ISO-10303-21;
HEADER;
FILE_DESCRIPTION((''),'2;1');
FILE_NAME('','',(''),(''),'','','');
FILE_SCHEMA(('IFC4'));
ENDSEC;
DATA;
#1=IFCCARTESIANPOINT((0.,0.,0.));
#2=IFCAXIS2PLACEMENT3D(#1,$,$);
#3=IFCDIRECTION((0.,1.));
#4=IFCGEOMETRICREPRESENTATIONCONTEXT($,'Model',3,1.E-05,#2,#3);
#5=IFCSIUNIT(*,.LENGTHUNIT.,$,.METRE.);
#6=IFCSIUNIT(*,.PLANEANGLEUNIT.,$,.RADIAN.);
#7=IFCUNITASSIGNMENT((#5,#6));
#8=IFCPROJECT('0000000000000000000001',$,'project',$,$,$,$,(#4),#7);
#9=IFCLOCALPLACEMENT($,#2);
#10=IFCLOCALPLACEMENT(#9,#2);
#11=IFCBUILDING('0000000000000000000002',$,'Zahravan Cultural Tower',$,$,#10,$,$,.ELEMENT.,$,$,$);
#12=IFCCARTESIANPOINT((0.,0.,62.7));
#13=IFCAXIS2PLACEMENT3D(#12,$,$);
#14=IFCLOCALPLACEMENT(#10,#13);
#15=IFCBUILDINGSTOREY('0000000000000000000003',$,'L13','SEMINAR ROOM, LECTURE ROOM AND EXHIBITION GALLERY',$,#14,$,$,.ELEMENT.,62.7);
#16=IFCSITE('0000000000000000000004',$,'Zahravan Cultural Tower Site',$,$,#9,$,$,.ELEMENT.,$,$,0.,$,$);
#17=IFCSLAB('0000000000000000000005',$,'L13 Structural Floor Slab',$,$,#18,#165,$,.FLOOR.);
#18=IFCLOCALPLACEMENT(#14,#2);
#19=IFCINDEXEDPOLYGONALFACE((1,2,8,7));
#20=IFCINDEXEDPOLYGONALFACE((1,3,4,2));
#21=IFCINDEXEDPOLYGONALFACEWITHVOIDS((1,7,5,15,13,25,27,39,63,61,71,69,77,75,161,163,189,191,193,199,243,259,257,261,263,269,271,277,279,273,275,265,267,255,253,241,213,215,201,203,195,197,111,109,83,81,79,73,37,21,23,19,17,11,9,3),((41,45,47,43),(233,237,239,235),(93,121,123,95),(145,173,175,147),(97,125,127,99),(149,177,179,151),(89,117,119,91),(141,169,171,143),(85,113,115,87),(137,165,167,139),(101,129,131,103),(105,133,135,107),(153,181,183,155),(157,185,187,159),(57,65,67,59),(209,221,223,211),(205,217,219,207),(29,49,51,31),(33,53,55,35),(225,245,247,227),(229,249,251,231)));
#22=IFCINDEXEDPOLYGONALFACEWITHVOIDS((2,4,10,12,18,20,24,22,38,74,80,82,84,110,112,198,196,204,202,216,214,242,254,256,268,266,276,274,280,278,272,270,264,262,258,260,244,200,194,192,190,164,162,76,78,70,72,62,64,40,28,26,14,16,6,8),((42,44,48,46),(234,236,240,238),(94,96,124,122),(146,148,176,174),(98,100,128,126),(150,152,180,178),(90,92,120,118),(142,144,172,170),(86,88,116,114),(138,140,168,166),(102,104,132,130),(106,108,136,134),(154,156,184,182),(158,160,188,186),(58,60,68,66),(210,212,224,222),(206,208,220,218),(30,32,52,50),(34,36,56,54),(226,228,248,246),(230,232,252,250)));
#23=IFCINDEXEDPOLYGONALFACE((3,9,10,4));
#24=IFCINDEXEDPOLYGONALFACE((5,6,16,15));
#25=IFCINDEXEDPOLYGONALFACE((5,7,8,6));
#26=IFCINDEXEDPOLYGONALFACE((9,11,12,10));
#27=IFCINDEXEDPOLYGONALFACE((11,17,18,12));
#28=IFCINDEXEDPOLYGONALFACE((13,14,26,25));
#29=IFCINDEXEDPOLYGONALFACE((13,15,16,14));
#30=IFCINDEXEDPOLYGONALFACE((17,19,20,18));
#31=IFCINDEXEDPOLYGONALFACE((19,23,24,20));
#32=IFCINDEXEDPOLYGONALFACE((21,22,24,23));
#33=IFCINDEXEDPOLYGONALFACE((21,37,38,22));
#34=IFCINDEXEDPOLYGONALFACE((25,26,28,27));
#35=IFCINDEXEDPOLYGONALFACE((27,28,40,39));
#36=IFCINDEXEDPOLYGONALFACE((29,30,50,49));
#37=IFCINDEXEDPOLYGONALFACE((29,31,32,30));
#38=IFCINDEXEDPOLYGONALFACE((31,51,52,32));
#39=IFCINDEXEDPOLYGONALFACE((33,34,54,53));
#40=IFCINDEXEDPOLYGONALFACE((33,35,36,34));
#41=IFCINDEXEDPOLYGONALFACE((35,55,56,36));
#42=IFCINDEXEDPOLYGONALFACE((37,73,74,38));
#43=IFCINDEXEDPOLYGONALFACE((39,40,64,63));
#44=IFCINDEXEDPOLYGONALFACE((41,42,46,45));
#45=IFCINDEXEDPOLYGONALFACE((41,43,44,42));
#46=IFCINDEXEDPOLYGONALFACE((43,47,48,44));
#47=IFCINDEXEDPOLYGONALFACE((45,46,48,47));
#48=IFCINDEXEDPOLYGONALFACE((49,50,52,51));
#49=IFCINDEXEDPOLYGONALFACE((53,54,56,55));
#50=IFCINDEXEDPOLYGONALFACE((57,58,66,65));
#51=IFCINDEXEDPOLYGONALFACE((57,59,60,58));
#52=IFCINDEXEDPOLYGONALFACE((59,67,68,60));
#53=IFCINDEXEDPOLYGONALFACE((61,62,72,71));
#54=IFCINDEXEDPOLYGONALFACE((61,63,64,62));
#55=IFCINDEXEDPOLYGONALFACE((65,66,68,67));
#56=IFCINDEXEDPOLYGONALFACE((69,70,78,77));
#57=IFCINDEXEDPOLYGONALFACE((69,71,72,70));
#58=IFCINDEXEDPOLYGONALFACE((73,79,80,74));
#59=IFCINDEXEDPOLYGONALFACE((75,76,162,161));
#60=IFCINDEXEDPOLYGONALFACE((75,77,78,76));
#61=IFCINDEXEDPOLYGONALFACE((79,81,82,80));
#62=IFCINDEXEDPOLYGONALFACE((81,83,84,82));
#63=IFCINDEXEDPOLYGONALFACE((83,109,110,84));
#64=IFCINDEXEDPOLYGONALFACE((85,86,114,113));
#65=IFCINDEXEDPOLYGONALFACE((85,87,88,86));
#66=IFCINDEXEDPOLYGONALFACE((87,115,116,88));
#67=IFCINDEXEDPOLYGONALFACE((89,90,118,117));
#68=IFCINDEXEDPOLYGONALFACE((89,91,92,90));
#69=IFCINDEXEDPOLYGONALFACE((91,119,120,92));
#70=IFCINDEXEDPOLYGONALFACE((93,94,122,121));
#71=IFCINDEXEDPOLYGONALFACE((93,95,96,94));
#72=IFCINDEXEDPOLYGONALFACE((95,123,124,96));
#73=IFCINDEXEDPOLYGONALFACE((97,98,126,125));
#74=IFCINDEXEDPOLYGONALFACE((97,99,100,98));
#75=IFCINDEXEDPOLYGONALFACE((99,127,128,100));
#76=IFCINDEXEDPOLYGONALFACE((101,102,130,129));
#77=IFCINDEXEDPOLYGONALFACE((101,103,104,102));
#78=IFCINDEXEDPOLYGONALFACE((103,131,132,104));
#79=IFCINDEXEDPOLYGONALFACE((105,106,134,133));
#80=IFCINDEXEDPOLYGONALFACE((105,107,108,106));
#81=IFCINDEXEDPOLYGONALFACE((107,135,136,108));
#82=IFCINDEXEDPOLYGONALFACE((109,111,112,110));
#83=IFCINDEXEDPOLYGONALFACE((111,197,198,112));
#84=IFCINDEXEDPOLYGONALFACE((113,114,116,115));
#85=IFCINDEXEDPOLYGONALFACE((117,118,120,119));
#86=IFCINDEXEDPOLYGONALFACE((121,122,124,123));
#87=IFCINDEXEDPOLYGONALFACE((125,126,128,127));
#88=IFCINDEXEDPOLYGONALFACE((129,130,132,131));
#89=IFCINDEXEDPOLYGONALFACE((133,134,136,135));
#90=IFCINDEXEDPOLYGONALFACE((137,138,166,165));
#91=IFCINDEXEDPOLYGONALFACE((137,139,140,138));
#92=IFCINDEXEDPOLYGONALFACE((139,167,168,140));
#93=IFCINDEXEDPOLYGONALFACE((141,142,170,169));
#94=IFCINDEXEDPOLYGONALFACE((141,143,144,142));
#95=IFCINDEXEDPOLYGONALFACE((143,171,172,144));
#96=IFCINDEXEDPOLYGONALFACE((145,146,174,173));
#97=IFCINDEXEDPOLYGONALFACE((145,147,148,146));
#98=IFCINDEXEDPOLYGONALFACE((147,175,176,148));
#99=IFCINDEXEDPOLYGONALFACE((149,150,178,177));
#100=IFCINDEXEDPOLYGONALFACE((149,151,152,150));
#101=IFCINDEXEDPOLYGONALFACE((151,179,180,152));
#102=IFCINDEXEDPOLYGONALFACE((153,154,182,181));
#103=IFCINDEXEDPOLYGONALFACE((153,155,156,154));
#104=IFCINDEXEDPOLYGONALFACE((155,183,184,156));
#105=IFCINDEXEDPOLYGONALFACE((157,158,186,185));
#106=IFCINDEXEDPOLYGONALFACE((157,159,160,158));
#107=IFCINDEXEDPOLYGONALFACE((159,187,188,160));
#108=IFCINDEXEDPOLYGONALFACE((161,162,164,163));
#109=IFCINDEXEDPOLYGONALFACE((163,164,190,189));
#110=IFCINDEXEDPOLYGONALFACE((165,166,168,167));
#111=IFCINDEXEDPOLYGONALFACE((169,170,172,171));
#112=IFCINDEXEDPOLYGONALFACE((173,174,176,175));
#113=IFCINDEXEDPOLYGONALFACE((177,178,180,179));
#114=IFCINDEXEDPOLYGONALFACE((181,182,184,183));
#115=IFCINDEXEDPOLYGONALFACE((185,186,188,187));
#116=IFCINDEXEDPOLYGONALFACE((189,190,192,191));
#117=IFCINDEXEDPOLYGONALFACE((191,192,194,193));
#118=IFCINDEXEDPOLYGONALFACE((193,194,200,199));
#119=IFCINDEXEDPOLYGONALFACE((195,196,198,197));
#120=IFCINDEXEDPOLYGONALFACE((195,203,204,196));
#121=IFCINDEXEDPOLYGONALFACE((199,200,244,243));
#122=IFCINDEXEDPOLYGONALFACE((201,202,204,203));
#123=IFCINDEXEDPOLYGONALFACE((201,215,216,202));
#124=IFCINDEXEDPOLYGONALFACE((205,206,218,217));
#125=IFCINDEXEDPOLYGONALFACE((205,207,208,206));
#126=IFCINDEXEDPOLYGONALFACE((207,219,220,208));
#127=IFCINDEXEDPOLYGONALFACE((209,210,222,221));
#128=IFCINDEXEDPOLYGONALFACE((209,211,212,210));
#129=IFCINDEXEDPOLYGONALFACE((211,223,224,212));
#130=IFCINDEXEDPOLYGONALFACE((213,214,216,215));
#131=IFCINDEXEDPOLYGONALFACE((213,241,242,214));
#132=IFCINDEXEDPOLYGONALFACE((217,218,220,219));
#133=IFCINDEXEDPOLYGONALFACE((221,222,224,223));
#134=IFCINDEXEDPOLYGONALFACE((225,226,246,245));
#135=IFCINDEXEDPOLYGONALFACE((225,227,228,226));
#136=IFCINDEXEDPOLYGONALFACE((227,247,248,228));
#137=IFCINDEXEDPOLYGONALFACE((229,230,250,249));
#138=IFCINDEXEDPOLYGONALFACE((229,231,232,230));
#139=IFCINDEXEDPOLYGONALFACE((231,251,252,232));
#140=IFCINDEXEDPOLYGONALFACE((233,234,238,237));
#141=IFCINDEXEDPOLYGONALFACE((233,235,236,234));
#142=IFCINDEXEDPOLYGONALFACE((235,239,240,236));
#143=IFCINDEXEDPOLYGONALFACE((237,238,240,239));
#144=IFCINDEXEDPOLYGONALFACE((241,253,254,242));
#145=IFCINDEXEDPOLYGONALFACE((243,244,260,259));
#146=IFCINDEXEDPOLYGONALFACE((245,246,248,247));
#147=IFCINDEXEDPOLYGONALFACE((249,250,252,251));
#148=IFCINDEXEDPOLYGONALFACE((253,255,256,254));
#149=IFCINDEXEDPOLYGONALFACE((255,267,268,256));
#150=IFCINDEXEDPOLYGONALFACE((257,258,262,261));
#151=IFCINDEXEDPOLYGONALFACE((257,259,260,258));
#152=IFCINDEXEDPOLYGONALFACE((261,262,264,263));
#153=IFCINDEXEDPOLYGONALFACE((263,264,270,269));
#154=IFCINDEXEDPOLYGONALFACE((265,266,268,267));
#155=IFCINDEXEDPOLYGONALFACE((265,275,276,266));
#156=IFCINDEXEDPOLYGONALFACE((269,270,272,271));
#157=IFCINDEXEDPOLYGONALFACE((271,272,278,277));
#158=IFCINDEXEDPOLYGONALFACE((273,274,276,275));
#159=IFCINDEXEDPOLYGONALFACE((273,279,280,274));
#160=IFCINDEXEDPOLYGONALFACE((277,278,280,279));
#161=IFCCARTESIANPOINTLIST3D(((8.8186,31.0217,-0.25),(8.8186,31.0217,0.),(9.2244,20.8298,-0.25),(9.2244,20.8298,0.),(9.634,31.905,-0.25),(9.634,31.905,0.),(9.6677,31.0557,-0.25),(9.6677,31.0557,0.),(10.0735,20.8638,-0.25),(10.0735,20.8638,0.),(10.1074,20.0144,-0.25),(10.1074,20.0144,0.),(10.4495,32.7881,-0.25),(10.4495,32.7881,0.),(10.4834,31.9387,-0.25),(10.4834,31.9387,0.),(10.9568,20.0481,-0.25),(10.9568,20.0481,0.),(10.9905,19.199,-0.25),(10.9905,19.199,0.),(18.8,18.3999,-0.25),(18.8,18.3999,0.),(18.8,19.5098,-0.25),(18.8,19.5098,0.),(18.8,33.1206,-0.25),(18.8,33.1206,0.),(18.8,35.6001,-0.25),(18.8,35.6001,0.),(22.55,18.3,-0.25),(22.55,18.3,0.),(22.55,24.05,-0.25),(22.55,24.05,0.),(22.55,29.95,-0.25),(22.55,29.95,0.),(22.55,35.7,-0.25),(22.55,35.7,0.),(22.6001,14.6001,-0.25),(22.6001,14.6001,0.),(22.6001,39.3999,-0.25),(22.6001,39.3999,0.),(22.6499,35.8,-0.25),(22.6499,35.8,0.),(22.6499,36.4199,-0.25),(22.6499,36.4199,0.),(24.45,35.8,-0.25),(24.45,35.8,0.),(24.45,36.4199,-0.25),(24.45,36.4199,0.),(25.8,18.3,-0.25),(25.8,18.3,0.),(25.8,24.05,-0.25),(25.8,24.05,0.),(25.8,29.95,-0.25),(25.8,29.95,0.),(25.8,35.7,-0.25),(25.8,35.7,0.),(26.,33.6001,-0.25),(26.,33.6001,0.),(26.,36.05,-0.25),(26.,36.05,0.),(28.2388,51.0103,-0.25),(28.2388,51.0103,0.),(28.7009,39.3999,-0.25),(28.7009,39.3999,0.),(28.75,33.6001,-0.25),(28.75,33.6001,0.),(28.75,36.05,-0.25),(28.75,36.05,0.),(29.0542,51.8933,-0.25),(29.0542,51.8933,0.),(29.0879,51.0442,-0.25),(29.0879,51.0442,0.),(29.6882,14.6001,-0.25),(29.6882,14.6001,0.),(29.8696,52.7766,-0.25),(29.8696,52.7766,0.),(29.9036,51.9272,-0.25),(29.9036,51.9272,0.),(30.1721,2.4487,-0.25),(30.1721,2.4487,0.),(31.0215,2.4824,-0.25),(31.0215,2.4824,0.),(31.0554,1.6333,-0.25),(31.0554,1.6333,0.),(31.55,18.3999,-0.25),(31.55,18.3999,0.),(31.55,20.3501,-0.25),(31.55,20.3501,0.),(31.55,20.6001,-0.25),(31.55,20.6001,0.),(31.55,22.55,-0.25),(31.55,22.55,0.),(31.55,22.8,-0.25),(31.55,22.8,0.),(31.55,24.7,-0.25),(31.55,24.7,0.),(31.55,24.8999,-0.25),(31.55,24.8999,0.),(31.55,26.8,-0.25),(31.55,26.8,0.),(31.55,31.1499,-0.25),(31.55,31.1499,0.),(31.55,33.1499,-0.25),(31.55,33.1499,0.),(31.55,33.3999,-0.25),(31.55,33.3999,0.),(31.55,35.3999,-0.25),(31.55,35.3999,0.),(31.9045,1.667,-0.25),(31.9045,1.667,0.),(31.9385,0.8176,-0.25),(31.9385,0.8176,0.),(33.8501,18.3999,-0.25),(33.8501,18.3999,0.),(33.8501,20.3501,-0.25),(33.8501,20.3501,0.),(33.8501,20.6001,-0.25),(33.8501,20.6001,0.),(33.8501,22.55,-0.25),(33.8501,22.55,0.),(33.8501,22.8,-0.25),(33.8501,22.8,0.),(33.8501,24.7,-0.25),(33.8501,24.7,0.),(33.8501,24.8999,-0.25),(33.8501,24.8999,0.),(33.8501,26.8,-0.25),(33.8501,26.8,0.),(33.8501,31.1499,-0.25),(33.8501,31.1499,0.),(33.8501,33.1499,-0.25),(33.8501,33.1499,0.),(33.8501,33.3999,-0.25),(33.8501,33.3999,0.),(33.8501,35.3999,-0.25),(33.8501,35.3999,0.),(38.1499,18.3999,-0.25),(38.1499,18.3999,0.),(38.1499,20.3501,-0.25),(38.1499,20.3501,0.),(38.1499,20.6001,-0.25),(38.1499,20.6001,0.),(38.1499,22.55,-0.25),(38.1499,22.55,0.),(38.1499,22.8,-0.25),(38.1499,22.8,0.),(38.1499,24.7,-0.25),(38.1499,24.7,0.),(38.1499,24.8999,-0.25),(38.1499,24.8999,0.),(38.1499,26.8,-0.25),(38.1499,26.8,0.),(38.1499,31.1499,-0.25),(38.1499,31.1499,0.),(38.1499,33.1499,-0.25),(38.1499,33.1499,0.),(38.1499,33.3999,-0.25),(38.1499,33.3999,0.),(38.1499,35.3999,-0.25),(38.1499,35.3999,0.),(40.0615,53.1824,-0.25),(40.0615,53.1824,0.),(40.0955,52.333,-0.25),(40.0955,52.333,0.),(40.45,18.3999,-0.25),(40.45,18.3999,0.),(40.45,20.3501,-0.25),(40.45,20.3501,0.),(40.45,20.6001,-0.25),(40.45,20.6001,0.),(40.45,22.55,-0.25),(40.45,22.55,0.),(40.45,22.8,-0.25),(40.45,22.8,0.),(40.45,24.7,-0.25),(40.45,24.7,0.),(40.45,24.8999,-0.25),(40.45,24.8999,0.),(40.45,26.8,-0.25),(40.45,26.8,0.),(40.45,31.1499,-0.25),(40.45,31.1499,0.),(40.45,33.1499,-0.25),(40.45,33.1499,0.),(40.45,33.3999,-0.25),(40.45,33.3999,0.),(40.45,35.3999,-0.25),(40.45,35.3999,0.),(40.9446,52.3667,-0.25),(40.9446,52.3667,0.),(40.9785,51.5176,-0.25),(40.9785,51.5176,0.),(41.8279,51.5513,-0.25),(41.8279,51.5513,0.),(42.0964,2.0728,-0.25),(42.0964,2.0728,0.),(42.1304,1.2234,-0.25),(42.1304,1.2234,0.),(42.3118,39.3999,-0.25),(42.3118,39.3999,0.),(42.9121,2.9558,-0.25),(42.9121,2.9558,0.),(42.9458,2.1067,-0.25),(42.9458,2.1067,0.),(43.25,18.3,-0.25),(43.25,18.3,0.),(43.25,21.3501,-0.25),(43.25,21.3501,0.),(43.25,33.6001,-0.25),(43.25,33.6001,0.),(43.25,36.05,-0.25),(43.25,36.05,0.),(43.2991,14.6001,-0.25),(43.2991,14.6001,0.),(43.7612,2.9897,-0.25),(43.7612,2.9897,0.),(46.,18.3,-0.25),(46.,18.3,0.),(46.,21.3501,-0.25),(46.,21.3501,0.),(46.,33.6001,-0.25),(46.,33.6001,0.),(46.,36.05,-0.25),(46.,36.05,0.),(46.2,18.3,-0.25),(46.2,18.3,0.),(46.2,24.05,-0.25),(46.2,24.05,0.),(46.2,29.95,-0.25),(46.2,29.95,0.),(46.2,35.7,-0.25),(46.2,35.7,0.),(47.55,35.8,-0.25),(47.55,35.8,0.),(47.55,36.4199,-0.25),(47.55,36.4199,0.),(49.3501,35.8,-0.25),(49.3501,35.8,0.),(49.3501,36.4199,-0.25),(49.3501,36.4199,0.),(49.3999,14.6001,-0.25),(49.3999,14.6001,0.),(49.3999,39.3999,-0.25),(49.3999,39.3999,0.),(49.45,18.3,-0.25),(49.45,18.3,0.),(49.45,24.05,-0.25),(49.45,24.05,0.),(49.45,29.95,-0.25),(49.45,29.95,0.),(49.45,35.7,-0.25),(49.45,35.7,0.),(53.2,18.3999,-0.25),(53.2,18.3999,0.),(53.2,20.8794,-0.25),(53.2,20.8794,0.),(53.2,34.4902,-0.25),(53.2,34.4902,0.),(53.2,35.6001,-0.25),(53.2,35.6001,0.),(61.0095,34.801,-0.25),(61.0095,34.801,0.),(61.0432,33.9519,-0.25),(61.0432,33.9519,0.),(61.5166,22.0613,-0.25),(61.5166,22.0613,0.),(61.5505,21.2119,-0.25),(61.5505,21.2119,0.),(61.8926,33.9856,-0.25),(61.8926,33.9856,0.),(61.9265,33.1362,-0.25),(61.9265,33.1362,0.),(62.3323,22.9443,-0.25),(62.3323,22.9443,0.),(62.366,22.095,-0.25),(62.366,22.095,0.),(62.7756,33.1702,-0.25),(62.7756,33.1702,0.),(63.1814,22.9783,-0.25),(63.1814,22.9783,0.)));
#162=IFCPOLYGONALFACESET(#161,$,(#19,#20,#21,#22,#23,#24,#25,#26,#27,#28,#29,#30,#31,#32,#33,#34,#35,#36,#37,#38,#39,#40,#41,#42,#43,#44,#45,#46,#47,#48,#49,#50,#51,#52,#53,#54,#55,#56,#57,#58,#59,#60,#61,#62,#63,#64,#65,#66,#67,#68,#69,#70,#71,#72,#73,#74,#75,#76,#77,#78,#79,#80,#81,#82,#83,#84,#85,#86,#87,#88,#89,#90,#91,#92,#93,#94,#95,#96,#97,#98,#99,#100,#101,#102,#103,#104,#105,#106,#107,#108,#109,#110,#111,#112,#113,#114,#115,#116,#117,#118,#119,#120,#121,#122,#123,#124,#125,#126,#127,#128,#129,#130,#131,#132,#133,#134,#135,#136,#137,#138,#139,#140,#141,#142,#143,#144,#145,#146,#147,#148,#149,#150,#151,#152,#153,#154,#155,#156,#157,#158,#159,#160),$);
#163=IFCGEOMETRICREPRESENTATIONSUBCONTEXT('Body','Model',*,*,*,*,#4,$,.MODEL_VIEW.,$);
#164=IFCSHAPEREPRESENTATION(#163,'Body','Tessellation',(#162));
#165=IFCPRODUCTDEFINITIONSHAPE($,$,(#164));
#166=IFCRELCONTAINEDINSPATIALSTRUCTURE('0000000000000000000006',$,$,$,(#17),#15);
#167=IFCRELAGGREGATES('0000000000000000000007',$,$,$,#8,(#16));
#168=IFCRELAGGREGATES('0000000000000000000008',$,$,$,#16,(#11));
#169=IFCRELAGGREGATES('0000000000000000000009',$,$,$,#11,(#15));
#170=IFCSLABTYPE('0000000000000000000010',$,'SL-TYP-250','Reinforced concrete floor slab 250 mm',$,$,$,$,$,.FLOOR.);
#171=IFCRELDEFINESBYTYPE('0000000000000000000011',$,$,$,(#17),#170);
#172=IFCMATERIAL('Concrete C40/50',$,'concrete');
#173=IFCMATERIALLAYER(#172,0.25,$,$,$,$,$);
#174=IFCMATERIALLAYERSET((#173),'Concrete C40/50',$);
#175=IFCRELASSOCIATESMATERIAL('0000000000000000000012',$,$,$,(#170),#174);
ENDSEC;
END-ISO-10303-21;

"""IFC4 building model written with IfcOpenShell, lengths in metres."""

from ifc_helpers import new_model, si_unit, direction, frame, origin, place, context, subcontext, project, spatial, polyline, outline, extrude, material, layer, layer_set, type_object, element, save


model = new_model("IFC4")

# Units and contexts
model_context = context("Model", 3, precision=1e-05, world=origin(), true_north=direction((0.0, 1.0)))
body_context = subcontext(model_context, "Body", "Model", "MODEL_VIEW")
ifc_project = project(units=[si_unit("LENGTHUNIT", "METRE"), si_unit("PLANEANGLEUNIT", "RADIAN")], contexts=[model_context])

# Site, building, storey
site_placement = place(None, origin())
site = spatial("IfcSite", under=ifc_project, at=site_placement, Name="Zahravan Cultural Tower Site", CompositionType="ELEMENT", RefElevation=0.0)
building_placement = place(site_placement, origin())
building = spatial("IfcBuilding", under=site, at=building_placement, Name="Zahravan Cultural Tower", CompositionType="ELEMENT")
storey_placement = place(building_placement, frame((0.0, 0.0, 62.7)))
storey = spatial("IfcBuildingStorey", under=building, at=storey_placement, Name="L13", Description="SEMINAR ROOM, LECTURE ROOM AND EXHIBITION GALLERY", CompositionType="ELEMENT", Elevation=62.7)

# Slab
ifc_material_1 = material(Name="Concrete C40/50", Category="concrete")
ifc_layer_1 = layer(ifc_material_1, 0.25)
ifc_layer_set_1 = layer_set([ifc_layer_1], Name="Concrete C40/50")
slab_type_1 = type_object("IfcSlabType", Name="SL-TYP-250", Description="Reinforced concrete floor slab 250 mm", PredefinedType="FLOOR", material=ifc_layer_set_1)
slab_1_placement = place(storey_placement, frame((0.0, 0.0, -0.25)))
element("IfcSlab", 1, at=slab_1_placement, inside=storey, type_object=slab_type_1, Name="L13 Structural Floor Slab", PredefinedType="FLOOR", context=body_context, shape_type="SweptSolid", body=[
    extrude(outline(polyline([(53.2, 34.4902), (53.2, 35.6001), (49.3999, 39.3999), (42.3118, 39.3999), (41.8279, 51.5513), (40.9785, 51.5176), (40.9446, 52.3667), (40.0955, 52.333), (40.0615, 53.1824), (29.8696, 52.7766), (29.9036, 51.9272), (29.0542, 51.8933), (29.0879, 51.0442), (28.2388, 51.0103), (28.7009, 39.3999), (22.6001, 39.3999), (18.8, 35.6001), (18.8, 33.1206), (10.4495, 32.7881), (10.4834, 31.9387), (9.634, 31.905), (9.6677, 31.0557), (8.8186, 31.0217), (9.2244, 20.8298), (10.0735, 20.8638), (10.1074, 20.0144), (10.9568, 20.0481), (10.9905, 19.199), (18.8, 19.5098), (18.8, 18.3999), (22.6001, 14.6001), (29.6882, 14.6001), (30.1721, 2.4487), (31.0215, 2.4824), (31.0554, 1.6333), (31.9045, 1.667), (31.9385, 0.8176), (42.1304, 1.2234), (42.0964, 2.0728), (42.9458, 2.1067), (42.9121, 2.9558), (43.7612, 2.9897), (43.2991, 14.6001), (49.3999, 14.6001), (53.2, 18.3999), (53.2, 20.8794), (61.5505, 21.2119), (61.5166, 22.0613), (62.366, 22.095), (62.3323, 22.9443), (63.1814, 22.9783), (62.7756, 33.1702), (61.9265, 33.1362), (61.8926, 33.9856), (61.0432, 33.9519), (61.0095, 34.801), (53.2, 34.4902)]), holes=[polyline([(22.55, 29.95), (22.55, 35.7), (25.8, 35.7), (25.8, 29.95), (22.55, 29.95)]), polyline([(22.55, 18.3), (22.55, 24.05), (25.8, 24.05), (25.8, 18.3), (22.55, 18.3)]), polyline([(46.2, 29.95), (46.2, 35.7), (49.45, 35.7), (49.45, 29.95), (46.2, 29.95)]), polyline([(46.2, 18.3), (46.2, 24.05), (49.45, 24.05), (49.45, 18.3), (46.2, 18.3)]), polyline([(26.0, 33.6001), (26.0, 36.05), (28.75, 36.05), (28.75, 33.6001), (26.0, 33.6001)]), polyline([(43.25, 33.6001), (43.25, 36.05), (46.0, 36.05), (46.0, 33.6001), (43.25, 33.6001)]), polyline([(43.25, 18.3), (43.25, 21.3501), (46.0, 21.3501), (46.0, 18.3), (43.25, 18.3)]), polyline([(31.55, 33.3999), (31.55, 35.3999), (33.8501, 35.3999), (33.8501, 33.3999), (31.55, 33.3999)]), polyline([(31.55, 31.1499), (31.55, 33.1499), (33.8501, 33.1499), (33.8501, 31.1499), (31.55, 31.1499)]), polyline([(38.1499, 33.3999), (38.1499, 35.3999), (40.45, 35.3999), (40.45, 33.3999), (38.1499, 33.3999)]), polyline([(38.1499, 31.1499), (38.1499, 33.1499), (40.45, 33.1499), (40.45, 31.1499), (38.1499, 31.1499)]), polyline([(31.55, 20.6001), (31.55, 22.55), (33.8501, 22.55), (33.8501, 20.6001), (31.55, 20.6001)]), polyline([(31.55, 18.3999), (31.55, 20.3501), (33.8501, 20.3501), (33.8501, 18.3999), (31.55, 18.3999)]), polyline([(38.1499, 20.6001), (38.1499, 22.55), (40.45, 22.55), (40.45, 20.6001), (38.1499, 20.6001)]), polyline([(38.1499, 18.3999), (38.1499, 20.3501), (40.45, 20.3501), (40.45, 18.3999), (38.1499, 18.3999)]), polyline([(31.55, 24.8999), (31.55, 26.8), (33.8501, 26.8), (33.8501, 24.8999), (31.55, 24.8999)]), polyline([(31.55, 22.8), (31.55, 24.7), (33.8501, 24.7), (33.8501, 22.8), (31.55, 22.8)]), polyline([(38.1499, 24.8999), (38.1499, 26.8), (40.45, 26.8), (40.45, 24.8999), (38.1499, 24.8999)]), polyline([(38.1499, 22.8), (38.1499, 24.7), (40.45, 24.7), (40.45, 22.8), (38.1499, 22.8)]), polyline([(22.6499, 35.8), (22.6499, 36.4199), (24.45, 36.4199), (24.45, 35.8), (22.6499, 35.8)]), polyline([(47.55, 35.8), (47.55, 36.4199), (49.3501, 36.4199), (49.3501, 35.8), (47.55, 35.8)])]), origin(), (0.0, 0.0, 1.0), 0.25),
])

save(model, "model.ifc")
